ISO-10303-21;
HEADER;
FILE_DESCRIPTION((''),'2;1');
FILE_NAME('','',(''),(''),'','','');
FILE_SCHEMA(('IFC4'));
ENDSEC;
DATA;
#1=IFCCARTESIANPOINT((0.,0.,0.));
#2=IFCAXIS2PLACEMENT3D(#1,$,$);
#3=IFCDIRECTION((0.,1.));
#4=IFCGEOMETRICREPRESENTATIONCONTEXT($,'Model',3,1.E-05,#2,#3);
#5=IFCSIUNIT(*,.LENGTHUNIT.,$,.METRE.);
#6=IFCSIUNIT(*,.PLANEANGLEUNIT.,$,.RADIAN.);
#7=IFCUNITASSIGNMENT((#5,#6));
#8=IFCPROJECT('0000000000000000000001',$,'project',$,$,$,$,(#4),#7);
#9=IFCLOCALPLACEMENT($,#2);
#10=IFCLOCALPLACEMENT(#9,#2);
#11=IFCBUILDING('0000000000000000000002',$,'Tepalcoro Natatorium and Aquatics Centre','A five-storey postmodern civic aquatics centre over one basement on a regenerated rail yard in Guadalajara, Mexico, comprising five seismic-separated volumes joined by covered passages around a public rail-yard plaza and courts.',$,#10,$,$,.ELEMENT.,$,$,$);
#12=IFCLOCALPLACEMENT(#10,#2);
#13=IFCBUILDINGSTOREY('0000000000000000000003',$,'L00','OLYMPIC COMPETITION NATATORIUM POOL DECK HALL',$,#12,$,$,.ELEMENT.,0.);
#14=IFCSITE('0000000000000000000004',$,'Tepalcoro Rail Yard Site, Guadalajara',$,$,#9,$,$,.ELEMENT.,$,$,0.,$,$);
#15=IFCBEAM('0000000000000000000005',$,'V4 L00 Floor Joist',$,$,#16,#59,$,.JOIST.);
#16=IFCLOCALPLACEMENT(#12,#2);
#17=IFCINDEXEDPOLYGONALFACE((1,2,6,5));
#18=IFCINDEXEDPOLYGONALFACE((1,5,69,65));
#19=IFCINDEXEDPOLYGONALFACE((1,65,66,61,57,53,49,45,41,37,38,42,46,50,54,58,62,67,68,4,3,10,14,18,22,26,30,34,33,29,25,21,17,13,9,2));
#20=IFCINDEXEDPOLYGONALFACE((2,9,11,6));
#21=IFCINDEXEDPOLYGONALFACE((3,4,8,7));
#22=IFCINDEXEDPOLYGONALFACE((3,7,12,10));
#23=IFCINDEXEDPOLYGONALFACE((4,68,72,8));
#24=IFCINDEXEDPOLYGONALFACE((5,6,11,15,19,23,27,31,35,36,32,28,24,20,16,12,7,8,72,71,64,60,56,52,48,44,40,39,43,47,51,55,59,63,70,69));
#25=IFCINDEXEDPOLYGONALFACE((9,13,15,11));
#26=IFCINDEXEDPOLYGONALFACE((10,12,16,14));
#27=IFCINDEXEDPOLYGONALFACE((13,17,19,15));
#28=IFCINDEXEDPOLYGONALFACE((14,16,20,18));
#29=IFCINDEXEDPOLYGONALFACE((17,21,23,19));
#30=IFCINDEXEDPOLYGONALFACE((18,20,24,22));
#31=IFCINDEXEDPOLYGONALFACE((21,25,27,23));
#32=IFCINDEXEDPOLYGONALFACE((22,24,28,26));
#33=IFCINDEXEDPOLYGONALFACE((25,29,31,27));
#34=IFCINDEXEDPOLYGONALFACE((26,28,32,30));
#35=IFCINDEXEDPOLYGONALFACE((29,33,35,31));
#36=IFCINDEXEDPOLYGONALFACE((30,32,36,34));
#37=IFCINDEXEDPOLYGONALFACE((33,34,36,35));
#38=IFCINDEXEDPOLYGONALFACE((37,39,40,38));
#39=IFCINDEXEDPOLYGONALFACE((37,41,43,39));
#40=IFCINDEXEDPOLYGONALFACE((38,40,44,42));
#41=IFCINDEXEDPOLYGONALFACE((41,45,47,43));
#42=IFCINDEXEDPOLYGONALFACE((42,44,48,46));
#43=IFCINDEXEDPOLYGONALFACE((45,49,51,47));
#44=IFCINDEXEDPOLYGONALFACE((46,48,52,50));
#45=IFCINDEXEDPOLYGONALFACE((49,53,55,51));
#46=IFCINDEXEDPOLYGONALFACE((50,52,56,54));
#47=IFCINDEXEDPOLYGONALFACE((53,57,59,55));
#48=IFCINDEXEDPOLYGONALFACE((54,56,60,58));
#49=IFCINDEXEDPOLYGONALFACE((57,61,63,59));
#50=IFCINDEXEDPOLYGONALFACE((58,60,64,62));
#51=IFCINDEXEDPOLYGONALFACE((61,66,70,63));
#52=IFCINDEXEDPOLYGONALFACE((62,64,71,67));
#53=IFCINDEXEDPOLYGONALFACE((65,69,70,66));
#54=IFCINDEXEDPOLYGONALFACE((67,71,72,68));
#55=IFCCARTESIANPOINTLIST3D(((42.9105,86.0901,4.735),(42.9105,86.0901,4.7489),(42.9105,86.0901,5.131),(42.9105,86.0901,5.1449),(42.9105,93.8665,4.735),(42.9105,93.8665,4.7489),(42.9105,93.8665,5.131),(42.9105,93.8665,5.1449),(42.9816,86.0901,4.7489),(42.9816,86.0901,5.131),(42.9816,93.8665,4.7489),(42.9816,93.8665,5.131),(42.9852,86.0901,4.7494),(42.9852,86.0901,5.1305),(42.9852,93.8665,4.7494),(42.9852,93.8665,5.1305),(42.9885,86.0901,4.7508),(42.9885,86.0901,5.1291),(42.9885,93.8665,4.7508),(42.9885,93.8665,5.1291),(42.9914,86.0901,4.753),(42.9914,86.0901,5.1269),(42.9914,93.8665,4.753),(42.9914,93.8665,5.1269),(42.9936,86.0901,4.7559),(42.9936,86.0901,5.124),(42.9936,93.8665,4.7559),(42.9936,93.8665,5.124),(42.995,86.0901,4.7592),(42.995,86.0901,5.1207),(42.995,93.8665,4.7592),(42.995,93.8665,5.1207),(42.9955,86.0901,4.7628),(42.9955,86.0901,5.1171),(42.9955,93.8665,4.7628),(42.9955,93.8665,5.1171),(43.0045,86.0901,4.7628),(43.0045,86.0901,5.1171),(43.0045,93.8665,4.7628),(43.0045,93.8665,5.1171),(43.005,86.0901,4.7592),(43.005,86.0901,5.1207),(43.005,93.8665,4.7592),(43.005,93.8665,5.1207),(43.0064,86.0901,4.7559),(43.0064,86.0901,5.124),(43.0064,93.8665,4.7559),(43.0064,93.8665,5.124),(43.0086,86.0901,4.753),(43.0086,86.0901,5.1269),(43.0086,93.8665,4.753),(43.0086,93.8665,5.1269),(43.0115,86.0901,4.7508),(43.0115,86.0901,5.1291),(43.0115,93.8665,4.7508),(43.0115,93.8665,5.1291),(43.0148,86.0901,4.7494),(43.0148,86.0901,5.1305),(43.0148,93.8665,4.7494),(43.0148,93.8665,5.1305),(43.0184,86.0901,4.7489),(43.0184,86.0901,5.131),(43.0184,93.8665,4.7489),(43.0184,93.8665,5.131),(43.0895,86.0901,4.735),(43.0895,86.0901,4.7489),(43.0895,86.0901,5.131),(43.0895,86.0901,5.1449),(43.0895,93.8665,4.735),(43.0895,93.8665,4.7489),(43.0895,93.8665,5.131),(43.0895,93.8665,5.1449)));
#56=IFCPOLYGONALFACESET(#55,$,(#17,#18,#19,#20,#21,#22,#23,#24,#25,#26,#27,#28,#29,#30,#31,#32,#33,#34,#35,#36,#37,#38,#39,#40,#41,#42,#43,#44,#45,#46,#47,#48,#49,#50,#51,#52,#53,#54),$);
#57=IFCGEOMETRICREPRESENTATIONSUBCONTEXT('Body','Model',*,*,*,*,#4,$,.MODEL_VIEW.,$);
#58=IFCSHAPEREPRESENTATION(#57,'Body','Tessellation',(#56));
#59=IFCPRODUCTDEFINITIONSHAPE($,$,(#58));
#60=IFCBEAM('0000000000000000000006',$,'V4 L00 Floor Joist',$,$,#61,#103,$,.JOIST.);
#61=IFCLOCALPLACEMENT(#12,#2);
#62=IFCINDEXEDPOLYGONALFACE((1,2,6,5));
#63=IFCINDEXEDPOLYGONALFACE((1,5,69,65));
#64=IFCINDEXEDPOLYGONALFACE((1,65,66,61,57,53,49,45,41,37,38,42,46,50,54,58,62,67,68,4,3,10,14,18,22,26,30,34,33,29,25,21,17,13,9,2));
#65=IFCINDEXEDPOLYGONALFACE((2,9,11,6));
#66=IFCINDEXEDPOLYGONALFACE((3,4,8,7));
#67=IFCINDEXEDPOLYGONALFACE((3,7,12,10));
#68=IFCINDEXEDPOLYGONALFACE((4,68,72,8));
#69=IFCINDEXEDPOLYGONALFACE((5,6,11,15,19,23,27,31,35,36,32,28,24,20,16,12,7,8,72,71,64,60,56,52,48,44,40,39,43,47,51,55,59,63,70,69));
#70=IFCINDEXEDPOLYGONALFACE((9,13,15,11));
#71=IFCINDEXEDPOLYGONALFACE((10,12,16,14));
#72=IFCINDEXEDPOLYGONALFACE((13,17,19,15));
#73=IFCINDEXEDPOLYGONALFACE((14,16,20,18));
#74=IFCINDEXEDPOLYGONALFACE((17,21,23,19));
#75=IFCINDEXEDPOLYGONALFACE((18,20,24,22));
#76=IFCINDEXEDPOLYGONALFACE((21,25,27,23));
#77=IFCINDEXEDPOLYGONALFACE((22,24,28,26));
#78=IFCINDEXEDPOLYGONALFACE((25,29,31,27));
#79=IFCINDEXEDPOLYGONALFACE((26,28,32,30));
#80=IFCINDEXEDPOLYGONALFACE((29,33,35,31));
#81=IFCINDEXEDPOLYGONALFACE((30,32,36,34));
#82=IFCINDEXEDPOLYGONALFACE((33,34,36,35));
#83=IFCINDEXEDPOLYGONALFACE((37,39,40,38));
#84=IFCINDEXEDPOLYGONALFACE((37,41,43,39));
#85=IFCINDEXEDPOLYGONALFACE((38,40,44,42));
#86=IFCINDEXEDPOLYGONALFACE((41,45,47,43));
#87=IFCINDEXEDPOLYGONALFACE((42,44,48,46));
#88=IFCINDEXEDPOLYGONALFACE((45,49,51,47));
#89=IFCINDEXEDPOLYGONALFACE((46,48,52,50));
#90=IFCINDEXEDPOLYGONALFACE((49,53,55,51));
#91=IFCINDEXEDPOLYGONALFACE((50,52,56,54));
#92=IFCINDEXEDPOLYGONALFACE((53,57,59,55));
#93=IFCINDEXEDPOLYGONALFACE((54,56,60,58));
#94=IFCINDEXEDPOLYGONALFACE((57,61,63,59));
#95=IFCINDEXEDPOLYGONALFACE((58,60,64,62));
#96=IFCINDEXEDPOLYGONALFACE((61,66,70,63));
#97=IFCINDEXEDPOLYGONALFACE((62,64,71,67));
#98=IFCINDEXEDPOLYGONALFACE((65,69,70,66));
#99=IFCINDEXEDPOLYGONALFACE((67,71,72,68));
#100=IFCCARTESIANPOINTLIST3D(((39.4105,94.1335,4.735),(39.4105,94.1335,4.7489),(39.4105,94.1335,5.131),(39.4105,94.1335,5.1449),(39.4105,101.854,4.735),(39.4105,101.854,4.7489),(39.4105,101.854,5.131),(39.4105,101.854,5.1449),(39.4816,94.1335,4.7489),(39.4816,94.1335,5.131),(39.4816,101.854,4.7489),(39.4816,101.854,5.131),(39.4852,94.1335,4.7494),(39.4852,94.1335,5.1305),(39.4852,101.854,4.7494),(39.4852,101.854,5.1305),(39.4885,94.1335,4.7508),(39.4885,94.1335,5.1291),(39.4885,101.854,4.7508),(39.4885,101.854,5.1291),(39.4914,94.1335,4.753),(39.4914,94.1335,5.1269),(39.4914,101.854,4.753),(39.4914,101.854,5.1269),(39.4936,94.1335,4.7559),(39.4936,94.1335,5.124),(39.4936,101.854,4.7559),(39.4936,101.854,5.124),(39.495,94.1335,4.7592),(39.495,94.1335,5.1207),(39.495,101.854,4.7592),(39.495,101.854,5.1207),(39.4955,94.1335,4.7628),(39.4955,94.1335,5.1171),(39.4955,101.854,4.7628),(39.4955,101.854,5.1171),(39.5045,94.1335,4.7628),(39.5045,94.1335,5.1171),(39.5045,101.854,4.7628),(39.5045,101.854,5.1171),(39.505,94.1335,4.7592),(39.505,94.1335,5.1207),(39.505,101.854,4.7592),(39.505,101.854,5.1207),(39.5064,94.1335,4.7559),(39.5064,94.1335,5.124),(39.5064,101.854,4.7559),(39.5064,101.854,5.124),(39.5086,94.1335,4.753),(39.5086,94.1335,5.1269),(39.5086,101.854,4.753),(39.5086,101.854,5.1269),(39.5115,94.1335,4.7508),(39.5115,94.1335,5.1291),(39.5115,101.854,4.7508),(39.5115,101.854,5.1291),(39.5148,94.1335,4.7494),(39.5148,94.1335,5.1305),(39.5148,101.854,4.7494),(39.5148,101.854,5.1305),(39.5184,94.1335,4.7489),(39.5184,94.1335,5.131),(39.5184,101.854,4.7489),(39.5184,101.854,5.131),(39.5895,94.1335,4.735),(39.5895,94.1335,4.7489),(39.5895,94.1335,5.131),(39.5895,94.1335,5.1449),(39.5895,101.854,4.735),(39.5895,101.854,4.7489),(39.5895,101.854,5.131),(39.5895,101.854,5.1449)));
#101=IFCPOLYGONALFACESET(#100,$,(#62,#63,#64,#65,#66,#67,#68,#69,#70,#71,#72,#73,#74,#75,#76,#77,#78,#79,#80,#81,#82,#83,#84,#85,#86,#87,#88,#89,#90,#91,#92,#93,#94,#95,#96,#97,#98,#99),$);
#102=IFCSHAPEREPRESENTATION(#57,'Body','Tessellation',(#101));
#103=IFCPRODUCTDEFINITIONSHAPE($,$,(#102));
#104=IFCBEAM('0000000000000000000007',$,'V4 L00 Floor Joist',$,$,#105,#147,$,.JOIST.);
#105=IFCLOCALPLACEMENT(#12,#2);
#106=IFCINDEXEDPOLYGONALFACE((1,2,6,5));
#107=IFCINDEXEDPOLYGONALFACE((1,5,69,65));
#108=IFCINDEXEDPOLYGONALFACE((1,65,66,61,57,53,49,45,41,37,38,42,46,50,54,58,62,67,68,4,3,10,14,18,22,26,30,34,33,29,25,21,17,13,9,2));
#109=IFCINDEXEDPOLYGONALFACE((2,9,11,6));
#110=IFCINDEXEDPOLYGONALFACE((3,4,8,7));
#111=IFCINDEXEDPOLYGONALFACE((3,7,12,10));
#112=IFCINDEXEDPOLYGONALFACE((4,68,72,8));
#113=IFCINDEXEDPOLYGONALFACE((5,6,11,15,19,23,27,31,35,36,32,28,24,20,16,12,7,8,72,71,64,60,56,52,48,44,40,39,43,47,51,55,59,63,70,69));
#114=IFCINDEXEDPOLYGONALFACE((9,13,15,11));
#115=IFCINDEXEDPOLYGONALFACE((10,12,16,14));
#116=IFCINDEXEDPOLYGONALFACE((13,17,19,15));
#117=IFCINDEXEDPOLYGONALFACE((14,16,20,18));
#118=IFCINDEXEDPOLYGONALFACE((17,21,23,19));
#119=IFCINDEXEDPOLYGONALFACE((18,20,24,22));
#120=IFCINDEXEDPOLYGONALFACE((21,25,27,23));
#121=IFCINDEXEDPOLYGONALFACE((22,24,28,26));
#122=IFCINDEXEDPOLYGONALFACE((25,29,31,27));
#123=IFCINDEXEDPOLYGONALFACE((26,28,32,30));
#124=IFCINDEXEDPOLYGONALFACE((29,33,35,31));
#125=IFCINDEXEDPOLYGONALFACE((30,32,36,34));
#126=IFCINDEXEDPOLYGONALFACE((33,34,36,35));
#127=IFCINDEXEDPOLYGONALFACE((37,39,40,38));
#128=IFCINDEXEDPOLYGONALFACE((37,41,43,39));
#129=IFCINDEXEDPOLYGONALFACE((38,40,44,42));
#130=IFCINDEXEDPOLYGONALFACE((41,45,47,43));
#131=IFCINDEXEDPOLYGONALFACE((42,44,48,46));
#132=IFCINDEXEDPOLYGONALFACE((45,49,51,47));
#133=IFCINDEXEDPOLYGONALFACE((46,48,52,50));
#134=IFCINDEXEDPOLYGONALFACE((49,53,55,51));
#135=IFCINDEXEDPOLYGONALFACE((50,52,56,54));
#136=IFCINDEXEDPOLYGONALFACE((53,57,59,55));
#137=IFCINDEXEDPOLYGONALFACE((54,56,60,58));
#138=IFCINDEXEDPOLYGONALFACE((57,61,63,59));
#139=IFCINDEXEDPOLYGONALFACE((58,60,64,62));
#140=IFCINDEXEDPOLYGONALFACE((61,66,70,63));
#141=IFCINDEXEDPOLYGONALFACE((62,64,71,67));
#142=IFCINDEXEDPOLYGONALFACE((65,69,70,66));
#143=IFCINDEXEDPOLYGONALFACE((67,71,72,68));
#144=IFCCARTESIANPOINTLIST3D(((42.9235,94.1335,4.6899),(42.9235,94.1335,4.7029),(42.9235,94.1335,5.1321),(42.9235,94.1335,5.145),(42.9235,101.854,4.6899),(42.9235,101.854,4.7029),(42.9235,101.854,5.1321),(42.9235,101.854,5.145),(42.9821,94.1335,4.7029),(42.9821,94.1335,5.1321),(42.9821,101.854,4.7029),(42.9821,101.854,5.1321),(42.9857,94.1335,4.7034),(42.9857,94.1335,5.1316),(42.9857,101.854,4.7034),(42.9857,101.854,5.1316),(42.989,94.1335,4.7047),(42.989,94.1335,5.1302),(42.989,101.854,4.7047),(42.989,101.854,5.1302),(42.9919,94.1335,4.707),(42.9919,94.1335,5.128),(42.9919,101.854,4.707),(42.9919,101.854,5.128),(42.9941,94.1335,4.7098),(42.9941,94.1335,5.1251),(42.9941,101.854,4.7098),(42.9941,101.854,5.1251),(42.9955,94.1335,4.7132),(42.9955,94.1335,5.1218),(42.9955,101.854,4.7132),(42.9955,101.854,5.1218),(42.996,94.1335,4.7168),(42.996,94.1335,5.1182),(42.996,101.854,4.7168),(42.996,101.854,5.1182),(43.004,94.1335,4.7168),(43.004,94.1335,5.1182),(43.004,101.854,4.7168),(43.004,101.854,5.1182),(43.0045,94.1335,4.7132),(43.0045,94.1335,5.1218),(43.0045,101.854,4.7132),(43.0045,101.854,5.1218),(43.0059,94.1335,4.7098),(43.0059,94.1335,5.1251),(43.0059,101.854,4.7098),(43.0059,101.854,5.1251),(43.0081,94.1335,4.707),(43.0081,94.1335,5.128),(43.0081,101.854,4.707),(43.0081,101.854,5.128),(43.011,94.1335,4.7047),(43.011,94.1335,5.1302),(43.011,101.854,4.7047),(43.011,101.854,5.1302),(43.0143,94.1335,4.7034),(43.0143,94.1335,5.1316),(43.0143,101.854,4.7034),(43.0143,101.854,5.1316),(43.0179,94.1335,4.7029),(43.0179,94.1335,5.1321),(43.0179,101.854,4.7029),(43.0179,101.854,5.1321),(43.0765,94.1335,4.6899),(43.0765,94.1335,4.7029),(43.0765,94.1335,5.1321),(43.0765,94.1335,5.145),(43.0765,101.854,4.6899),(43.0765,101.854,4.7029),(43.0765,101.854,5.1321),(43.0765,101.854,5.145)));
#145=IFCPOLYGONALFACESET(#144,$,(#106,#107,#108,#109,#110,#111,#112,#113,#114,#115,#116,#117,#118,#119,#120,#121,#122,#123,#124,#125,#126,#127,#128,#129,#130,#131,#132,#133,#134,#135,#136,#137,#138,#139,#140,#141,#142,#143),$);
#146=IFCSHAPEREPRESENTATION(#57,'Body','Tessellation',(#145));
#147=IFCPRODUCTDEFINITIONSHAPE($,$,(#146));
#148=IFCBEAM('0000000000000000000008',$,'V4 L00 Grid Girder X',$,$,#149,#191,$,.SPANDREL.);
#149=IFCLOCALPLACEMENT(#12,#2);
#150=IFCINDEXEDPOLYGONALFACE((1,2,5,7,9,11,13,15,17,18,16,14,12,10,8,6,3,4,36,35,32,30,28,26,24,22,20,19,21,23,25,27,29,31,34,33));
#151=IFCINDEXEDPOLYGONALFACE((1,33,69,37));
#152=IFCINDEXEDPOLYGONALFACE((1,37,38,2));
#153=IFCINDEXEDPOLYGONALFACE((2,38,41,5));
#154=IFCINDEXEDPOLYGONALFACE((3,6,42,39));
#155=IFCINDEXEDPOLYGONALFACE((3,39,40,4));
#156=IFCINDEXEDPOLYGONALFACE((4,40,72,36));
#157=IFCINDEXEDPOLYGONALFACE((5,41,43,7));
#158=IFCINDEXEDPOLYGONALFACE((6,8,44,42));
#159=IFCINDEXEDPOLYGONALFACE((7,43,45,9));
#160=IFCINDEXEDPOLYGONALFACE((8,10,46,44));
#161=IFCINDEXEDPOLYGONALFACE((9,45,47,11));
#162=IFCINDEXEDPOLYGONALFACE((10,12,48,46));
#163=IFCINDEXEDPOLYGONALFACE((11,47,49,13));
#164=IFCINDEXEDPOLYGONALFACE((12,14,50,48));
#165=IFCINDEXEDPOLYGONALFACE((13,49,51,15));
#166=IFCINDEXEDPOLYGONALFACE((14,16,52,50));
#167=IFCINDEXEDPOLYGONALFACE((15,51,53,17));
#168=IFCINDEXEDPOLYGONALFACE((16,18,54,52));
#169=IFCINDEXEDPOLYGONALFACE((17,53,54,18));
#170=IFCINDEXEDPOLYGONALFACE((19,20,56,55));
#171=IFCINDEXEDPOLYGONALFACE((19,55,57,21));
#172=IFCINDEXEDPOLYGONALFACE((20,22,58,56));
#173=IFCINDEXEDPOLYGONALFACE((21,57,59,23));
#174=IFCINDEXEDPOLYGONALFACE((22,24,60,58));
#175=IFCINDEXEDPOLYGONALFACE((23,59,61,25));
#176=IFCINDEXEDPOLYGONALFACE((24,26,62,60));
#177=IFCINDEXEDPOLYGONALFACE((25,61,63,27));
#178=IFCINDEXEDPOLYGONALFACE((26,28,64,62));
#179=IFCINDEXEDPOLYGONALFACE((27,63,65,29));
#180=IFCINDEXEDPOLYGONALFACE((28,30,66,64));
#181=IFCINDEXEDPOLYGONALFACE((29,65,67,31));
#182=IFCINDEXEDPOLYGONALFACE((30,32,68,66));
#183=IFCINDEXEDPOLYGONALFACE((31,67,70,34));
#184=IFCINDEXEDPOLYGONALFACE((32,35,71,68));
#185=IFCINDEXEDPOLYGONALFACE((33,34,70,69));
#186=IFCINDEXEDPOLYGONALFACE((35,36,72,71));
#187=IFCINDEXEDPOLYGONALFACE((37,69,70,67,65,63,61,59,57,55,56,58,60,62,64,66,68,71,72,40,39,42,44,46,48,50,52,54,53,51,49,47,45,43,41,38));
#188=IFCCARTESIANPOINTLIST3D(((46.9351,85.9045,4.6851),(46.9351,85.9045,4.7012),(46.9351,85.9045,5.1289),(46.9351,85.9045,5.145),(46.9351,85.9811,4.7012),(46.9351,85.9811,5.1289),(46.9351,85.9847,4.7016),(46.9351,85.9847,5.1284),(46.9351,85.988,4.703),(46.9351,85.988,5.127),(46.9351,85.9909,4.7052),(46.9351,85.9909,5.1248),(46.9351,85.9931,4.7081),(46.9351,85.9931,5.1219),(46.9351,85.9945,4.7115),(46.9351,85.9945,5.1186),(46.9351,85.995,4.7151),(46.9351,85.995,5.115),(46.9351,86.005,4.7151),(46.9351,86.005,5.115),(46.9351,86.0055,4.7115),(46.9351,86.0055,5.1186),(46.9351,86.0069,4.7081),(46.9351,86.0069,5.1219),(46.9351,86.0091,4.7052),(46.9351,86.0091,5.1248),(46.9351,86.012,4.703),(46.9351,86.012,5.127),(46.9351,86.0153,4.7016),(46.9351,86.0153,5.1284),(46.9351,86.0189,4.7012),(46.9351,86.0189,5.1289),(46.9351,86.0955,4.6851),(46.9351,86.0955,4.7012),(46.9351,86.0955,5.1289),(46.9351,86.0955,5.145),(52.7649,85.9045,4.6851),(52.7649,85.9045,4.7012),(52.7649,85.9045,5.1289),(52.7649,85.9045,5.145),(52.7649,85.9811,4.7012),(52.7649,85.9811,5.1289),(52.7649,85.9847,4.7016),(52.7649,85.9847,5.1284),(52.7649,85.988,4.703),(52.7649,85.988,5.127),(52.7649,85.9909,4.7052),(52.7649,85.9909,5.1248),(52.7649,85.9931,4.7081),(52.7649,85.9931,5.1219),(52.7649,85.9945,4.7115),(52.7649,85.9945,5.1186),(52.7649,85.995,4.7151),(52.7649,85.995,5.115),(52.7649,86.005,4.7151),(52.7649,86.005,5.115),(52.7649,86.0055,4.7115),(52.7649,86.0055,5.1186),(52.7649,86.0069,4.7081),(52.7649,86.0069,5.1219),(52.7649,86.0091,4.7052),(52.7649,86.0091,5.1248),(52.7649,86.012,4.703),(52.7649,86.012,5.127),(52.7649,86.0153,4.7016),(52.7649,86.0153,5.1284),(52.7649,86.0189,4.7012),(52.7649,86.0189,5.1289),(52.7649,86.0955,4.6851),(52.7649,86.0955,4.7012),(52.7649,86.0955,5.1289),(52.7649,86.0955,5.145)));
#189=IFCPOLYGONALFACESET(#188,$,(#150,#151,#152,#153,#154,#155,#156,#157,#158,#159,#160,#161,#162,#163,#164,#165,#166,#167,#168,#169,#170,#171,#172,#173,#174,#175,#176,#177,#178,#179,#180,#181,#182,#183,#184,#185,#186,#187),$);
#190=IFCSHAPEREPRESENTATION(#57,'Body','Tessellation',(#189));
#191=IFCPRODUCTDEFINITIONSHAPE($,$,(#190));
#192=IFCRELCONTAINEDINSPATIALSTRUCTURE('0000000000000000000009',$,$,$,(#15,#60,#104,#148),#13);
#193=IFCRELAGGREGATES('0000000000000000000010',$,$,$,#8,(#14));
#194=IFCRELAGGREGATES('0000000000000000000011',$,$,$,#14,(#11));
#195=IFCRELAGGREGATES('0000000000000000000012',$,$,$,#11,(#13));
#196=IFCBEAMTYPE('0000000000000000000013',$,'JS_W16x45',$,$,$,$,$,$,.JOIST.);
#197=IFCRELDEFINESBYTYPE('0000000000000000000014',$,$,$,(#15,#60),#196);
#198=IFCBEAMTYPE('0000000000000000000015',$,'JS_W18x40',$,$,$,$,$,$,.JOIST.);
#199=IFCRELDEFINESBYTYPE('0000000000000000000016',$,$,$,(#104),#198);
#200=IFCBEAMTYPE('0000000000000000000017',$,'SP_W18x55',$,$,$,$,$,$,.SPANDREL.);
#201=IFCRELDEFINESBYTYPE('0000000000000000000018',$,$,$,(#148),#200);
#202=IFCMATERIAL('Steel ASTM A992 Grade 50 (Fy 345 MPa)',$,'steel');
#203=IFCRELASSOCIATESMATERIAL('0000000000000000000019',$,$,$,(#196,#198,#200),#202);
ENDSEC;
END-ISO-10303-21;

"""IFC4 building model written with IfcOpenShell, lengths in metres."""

from ifc_helpers import new_model, si_unit, direction, frame, origin, origin_2d, place, context, subcontext, project, spatial, i_section, extrude, material, material_profile, profile_set, type_object, element, save


model = new_model("IFC4")

# Units and contexts
model_context = context("Model", 3, precision=1e-05, world=origin(), true_north=direction((0.0, 1.0)))
body_context = subcontext(model_context, "Body", "Model", "MODEL_VIEW")
ifc_project = project(units=[si_unit("LENGTHUNIT", "METRE"), si_unit("PLANEANGLEUNIT", "RADIAN")], contexts=[model_context])

# Site, building, storey
site_placement = place(None, origin())
site = spatial("IfcSite", under=ifc_project, at=site_placement, Name="Tepalcoro Rail Yard Site, Guadalajara", CompositionType="ELEMENT", RefElevation=0.0)
building_placement = place(site_placement, origin())
building = spatial("IfcBuilding", under=site, at=building_placement, Name="Tepalcoro Natatorium and Aquatics Centre", Description="A five-storey postmodern civic aquatics centre over one basement on a regenerated rail yard in Guadalajara, Mexico, comprising five seismic-separated volumes joined by covered passages around a public rail-yard plaza and courts.", CompositionType="ELEMENT")
storey_placement = place(building_placement, origin())
storey = spatial("IfcBuildingStorey", under=building, at=storey_placement, Name="L00", Description="OLYMPIC COMPETITION NATATORIUM POOL DECK HALL", CompositionType="ELEMENT", Elevation=0.0)

# Shared definitions
ifc_material_1 = material(Name="Steel ASTM A992 Grade 50 (Fy 345 MPa)", Category="steel")

# Beams
ifc_material_profile_1 = material_profile(ifc_material_1, i_section(OverallWidth=0.179, OverallDepth=0.4099, WebThickness=0.009, FlangeThickness=0.0139, FilletRadius=0.0139, at=origin_2d()), Name="W16X45")
ifc_profile_set_1 = profile_set([ifc_material_profile_1], Name="Steel ASTM A992 Grade 50 (Fy 345 MPa)")
beam_type_1 = type_object("IfcBeamType", Name="JS_W16x45", PredefinedType="JOIST", material=ifc_profile_set_1)
beam_1_placement = place(storey_placement, frame((43.0, 86.0901, 4.9399), z_axis=(0.0, 1.0, 0.0), x_axis=(-1.0, 0.0, 0.0)))
element("IfcBeam", 1, at=beam_1_placement, inside=storey, type_object=beam_type_1, Name="V4 L00 Floor Joist", PredefinedType="JOIST", context=body_context, shape_type="SweptSolid", body=[
    extrude(i_section(OverallWidth=0.179, OverallDepth=0.4099, WebThickness=0.009, FlangeThickness=0.0139, FilletRadius=0.0139, at=origin_2d()), origin(), (0.0, 0.0, 1.0), 7.7764),
])
beam_2_placement = place(storey_placement, frame((39.5, 94.1335, 4.9399), z_axis=(0.0, 1.0, 0.0), x_axis=(-1.0, 0.0, 0.0)))
element("IfcBeam", 2, at=beam_2_placement, inside=storey, type_object=beam_type_1, Name="V4 L00 Floor Joist", PredefinedType="JOIST", context=body_context, shape_type="SweptSolid", body=[
    extrude(i_section(OverallWidth=0.179, OverallDepth=0.4099, WebThickness=0.009, FlangeThickness=0.0139, FilletRadius=0.0139, at=origin_2d()), origin(), (0.0, 0.0, 1.0), 7.7205),
])
ifc_material_profile_2 = material_profile(ifc_material_1, i_section(OverallWidth=0.1531, OverallDepth=0.4551, WebThickness=0.0081, FlangeThickness=0.0129, FilletRadius=0.0139, at=origin_2d()), Name="W18X40")
ifc_profile_set_2 = profile_set([ifc_material_profile_2], Name="Steel ASTM A992 Grade 50 (Fy 345 MPa)")
beam_type_2 = type_object("IfcBeamType", Name="JS_W18x40", PredefinedType="JOIST", material=ifc_profile_set_2)
beam_3_placement = place(storey_placement, frame((43.0, 94.1335, 4.9175), z_axis=(0.0, 1.0, 0.0), x_axis=(-1.0, 0.0, 0.0)))
element("IfcBeam", 3, at=beam_3_placement, inside=storey, type_object=beam_type_2, Name="V4 L00 Floor Joist", PredefinedType="JOIST", context=body_context, shape_type="SweptSolid", body=[
    extrude(i_section(OverallWidth=0.1531, OverallDepth=0.4551, WebThickness=0.0081, FlangeThickness=0.0129, FilletRadius=0.0139, at=origin_2d()), origin(), (0.0, 0.0, 1.0), 7.7205),
])
ifc_material_profile_3 = material_profile(ifc_material_1, i_section(OverallWidth=0.1909, OverallDepth=0.46, WebThickness=0.01, FlangeThickness=0.0161, FilletRadius=0.0139, at=origin_2d()), Name="W18X55")
ifc_profile_set_3 = profile_set([ifc_material_profile_3], Name="Steel ASTM A992 Grade 50 (Fy 345 MPa)")
beam_type_3 = type_object("IfcBeamType", Name="SP_W18x55", PredefinedType="SPANDREL", material=ifc_profile_set_3)
beam_4_placement = place(storey_placement, frame((46.9351, 86.0, 4.915), z_axis=(1.0, 0.0, 0.0), x_axis=(0.0, 1.0, 0.0)))
element("IfcBeam", 4, at=beam_4_placement, inside=storey, type_object=beam_type_3, Name="V4 L00 Grid Girder X", PredefinedType="SPANDREL", context=body_context, shape_type="SweptSolid", body=[
    extrude(i_section(OverallWidth=0.1909, OverallDepth=0.46, WebThickness=0.01, FlangeThickness=0.0161, FilletRadius=0.0139, at=origin_2d()), origin(), (0.0, 0.0, 1.0), 5.8298),
])

save(model, "model.ifc")
